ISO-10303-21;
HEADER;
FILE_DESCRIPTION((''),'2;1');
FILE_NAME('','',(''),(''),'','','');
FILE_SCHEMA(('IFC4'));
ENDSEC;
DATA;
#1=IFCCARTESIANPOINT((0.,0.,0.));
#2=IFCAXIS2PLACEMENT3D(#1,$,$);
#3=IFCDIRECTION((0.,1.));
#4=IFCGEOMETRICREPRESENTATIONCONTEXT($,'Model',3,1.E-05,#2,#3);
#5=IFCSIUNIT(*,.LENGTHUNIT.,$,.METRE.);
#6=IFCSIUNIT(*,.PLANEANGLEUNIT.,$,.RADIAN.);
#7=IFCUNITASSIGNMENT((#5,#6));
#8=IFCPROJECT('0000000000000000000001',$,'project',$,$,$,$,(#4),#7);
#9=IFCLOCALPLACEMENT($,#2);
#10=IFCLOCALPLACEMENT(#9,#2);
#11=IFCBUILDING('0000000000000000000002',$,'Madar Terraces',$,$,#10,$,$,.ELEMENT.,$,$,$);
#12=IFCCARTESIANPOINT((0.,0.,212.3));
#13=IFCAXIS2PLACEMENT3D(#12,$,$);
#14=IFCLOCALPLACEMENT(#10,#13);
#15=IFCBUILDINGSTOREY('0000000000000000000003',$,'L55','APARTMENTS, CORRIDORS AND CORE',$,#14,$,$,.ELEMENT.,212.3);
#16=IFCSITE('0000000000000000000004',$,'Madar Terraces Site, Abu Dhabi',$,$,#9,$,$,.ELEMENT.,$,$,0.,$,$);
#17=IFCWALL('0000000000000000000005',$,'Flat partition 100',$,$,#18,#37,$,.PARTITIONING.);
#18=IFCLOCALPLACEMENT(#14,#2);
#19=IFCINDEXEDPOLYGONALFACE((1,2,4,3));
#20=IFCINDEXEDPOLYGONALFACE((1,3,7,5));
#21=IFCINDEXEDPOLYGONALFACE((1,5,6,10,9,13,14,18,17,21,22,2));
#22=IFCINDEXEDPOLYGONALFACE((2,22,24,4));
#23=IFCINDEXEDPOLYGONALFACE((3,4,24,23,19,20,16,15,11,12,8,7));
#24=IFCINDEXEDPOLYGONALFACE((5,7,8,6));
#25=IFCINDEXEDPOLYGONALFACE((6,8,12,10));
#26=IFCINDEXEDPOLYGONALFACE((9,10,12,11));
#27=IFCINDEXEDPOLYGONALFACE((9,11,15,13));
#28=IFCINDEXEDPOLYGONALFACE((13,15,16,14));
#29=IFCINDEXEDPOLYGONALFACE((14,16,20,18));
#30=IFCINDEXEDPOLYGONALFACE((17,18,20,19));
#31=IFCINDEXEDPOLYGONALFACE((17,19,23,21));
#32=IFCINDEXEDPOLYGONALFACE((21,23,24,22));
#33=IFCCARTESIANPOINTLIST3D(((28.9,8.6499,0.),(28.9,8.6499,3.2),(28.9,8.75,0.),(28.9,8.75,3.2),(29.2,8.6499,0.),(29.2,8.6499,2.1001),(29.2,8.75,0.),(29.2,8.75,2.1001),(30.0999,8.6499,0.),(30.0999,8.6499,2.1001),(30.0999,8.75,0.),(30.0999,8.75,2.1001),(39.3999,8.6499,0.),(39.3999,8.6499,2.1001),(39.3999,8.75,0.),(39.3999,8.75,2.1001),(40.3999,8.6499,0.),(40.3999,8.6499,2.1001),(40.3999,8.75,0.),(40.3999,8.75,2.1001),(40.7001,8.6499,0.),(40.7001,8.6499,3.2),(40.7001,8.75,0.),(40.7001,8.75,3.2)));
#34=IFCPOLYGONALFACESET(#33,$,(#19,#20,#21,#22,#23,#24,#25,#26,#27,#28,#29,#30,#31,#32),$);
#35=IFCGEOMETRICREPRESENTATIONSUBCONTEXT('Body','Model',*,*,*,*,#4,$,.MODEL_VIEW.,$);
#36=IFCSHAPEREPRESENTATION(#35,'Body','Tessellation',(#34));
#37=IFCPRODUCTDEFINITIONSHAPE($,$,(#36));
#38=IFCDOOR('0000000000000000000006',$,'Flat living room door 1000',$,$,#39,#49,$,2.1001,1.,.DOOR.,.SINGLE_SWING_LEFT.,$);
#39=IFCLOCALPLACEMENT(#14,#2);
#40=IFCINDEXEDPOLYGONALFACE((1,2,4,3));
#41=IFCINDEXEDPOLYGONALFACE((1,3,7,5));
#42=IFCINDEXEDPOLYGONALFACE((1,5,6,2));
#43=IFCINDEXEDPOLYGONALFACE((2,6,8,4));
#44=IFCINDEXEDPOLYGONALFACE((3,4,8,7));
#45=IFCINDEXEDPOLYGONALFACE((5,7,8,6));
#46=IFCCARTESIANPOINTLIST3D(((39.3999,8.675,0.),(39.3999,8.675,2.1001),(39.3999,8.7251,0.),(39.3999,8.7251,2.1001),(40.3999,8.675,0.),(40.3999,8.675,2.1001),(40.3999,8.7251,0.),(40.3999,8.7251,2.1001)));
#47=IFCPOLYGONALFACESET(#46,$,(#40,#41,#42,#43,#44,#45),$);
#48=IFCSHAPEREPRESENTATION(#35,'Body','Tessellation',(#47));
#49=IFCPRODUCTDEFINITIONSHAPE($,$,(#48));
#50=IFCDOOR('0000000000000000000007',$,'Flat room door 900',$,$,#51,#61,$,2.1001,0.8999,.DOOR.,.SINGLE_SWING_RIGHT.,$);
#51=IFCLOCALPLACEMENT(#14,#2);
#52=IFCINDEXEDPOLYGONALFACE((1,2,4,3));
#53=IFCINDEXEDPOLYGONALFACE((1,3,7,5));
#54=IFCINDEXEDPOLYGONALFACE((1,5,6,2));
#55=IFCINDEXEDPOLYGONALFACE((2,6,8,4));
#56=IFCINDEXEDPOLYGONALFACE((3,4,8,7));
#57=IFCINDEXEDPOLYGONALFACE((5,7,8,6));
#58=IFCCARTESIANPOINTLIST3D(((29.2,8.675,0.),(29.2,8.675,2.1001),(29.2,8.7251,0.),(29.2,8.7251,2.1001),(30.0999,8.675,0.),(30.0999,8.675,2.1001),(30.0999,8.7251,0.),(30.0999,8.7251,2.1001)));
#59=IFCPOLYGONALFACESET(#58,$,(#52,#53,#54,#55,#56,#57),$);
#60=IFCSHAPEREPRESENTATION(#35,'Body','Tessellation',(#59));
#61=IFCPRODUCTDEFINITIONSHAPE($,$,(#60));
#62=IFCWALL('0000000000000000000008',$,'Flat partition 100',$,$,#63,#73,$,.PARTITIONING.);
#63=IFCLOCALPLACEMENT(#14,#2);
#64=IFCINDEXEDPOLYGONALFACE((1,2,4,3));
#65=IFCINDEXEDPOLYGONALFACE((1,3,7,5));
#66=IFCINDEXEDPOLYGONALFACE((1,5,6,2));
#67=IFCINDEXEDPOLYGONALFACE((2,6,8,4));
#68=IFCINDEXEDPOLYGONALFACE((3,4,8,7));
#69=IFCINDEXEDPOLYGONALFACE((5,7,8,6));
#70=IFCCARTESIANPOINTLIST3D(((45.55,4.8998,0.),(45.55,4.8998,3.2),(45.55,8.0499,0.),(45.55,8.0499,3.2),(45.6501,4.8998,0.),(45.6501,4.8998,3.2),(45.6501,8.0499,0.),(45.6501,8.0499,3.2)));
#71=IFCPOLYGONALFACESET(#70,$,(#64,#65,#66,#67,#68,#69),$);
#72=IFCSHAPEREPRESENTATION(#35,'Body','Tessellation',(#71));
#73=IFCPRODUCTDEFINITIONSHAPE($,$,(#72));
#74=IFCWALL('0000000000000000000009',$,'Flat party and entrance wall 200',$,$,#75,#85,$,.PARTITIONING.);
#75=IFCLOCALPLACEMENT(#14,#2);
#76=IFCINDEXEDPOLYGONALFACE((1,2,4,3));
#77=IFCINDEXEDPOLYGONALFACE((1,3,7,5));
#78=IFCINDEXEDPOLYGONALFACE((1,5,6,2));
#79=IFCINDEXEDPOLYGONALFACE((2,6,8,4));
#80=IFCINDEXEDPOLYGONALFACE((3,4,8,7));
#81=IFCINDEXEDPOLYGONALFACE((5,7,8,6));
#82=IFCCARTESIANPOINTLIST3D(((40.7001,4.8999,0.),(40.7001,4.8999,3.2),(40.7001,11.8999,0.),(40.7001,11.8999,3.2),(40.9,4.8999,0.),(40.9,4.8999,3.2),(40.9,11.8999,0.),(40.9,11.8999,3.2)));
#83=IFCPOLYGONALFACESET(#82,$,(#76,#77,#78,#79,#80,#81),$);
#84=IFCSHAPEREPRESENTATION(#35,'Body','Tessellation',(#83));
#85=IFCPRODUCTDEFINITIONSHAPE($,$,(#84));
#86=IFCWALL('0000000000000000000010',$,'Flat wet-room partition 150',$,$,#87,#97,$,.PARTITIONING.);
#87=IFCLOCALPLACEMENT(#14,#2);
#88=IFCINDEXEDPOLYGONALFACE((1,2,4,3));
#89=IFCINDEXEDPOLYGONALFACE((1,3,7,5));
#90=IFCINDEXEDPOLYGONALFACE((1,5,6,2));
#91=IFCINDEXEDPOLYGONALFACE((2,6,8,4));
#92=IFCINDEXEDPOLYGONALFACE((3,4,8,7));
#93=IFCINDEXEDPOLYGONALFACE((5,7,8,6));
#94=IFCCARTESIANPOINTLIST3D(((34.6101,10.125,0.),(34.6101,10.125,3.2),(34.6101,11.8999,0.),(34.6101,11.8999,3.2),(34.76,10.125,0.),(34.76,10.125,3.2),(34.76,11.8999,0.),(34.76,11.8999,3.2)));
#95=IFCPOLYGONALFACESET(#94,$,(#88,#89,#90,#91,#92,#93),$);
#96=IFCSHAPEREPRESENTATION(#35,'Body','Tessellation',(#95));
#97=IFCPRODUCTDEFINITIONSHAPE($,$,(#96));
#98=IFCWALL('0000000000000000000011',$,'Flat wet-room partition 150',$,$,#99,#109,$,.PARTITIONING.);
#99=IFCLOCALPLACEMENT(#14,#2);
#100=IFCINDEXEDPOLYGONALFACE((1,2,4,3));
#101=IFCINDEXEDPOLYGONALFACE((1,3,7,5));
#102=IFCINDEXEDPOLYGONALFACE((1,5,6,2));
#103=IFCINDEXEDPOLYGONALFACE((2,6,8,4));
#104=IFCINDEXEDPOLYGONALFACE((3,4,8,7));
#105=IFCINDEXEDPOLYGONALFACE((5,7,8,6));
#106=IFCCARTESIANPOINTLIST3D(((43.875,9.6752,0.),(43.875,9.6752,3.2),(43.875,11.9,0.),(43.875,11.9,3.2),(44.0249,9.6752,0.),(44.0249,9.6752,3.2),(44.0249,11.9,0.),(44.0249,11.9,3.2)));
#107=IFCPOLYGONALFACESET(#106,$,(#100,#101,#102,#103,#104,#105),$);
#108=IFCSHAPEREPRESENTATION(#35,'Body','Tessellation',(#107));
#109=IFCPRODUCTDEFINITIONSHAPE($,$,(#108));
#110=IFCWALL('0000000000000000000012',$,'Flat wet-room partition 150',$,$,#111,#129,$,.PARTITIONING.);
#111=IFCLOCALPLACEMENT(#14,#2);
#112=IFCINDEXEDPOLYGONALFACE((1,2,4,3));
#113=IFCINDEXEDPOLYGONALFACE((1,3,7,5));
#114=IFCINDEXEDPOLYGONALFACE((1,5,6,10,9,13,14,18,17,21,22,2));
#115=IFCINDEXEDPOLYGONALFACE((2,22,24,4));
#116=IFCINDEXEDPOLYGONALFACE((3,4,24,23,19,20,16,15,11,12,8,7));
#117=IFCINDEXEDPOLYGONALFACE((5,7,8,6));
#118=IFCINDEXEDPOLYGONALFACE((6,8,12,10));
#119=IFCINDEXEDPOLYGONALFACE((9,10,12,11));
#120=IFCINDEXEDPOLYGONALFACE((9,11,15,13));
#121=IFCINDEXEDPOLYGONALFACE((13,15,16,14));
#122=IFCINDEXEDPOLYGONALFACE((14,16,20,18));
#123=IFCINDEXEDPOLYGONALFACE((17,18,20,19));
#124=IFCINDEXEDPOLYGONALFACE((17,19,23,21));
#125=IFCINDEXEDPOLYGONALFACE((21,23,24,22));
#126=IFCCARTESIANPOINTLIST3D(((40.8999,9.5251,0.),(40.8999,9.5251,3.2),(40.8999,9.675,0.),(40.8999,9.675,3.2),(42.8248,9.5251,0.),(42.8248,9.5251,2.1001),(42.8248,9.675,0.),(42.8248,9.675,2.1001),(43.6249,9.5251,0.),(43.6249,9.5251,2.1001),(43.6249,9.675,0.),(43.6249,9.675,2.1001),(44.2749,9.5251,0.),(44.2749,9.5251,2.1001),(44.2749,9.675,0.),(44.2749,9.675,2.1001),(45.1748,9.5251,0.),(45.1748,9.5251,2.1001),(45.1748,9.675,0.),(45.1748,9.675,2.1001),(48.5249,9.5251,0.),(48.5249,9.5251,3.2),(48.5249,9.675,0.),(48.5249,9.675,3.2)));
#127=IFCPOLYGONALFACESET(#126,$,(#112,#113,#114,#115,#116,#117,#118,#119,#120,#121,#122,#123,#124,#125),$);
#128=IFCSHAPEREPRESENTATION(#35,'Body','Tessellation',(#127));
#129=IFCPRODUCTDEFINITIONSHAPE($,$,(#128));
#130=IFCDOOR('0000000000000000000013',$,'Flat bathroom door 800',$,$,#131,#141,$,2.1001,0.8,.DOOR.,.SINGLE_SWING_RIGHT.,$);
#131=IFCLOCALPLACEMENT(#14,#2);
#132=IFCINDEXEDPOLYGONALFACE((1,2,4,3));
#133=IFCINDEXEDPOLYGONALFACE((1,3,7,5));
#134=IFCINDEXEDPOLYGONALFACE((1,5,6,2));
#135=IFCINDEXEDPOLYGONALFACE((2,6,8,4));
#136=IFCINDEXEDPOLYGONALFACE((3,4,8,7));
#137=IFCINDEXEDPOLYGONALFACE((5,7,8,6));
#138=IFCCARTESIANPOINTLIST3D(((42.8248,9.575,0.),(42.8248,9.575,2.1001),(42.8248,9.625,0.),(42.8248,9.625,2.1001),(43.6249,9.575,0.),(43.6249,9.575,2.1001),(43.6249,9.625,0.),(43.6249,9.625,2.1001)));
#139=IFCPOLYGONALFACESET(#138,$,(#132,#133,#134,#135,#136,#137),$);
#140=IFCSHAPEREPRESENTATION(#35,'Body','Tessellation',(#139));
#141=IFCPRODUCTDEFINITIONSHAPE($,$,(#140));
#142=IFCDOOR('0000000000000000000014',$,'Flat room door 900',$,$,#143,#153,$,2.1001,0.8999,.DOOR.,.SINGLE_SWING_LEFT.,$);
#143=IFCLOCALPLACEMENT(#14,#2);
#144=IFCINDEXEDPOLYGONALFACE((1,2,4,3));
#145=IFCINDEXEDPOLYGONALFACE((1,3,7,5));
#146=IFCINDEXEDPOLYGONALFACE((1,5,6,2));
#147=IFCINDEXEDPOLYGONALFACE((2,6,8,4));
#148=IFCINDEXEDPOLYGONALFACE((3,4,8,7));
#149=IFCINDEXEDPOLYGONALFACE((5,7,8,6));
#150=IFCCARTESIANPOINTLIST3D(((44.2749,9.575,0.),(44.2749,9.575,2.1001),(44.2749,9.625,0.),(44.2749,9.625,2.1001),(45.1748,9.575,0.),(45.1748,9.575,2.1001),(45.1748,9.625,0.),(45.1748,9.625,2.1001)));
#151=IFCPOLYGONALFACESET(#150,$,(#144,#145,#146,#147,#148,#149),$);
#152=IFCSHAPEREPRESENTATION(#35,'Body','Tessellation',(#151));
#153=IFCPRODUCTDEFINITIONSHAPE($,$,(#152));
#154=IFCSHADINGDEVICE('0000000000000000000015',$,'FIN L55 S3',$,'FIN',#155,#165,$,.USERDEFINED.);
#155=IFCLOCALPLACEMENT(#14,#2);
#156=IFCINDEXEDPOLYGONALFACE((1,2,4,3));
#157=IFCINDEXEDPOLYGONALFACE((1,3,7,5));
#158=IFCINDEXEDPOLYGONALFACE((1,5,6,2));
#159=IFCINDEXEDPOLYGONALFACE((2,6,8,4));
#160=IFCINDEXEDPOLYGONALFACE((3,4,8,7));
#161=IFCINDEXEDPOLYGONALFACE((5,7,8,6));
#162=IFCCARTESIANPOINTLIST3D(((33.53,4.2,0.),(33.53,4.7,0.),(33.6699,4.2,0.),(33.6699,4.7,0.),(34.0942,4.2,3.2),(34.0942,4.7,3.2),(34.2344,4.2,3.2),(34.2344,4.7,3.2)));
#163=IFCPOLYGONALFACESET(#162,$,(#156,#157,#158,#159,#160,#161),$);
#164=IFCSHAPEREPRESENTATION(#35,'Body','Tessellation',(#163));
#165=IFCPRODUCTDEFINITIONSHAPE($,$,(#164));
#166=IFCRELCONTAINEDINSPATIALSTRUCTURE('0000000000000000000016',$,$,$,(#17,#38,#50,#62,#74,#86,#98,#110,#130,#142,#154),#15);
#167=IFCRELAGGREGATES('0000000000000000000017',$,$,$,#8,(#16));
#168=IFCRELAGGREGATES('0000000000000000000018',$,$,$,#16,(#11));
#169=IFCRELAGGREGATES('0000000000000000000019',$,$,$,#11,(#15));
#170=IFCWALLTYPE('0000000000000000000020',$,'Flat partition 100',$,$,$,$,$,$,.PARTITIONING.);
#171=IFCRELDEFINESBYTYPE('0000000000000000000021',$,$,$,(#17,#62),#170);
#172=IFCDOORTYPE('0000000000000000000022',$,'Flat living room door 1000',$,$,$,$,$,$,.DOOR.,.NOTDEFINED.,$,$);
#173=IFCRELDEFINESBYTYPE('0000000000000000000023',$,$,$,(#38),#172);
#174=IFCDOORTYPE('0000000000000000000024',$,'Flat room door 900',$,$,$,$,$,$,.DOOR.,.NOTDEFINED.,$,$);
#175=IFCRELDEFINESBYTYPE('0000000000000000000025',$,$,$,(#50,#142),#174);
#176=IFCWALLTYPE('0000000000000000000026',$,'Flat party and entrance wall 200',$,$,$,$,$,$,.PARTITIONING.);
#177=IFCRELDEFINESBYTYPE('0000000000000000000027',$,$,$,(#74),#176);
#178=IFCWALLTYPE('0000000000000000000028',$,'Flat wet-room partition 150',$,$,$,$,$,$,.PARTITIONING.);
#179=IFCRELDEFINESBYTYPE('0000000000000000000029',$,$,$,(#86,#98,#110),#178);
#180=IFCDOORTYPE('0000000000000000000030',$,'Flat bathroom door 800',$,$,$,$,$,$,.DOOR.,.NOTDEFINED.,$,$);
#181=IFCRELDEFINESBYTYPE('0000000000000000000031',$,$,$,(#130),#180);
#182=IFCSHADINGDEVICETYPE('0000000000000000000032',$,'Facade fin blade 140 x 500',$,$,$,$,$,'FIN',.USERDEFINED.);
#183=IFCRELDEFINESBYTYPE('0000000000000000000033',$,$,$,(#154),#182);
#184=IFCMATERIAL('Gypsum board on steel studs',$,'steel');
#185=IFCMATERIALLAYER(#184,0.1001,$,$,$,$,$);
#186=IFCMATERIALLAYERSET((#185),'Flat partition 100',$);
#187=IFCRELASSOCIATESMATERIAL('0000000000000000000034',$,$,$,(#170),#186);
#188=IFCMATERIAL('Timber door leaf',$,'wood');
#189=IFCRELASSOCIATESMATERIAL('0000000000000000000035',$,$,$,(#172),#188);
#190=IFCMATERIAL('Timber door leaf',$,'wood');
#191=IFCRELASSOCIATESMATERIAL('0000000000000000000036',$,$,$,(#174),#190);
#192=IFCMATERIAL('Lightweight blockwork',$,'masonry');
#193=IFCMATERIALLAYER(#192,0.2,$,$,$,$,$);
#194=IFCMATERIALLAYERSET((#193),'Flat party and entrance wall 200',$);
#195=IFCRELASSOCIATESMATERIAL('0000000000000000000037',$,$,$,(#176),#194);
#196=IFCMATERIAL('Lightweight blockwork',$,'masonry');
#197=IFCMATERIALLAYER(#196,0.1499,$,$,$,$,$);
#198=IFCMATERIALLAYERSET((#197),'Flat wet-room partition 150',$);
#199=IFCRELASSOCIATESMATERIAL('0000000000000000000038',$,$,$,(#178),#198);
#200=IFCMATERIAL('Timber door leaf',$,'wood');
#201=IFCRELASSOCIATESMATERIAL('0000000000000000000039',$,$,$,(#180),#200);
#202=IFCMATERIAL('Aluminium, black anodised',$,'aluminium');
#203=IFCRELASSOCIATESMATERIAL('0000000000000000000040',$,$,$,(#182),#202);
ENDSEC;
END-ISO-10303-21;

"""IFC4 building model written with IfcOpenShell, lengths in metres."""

from ifc_helpers import new_model, si_unit, direction, frame, frame_2d, origin, place, context, subcontext, project, spatial, polyline, rectangle, outline, extrude, material, layer, layer_set, type_object, element, fill, save


model = new_model("IFC4")

# Units and contexts
model_context = context("Model", 3, precision=1e-05, world=origin(), true_north=direction((0.0, 1.0)))
body_context = subcontext(model_context, "Body", "Model", "MODEL_VIEW")
ifc_project = project(units=[si_unit("LENGTHUNIT", "METRE"), si_unit("PLANEANGLEUNIT", "RADIAN")], contexts=[model_context])

# Site, building, storey
site_placement = place(None, origin())
site = spatial("IfcSite", under=ifc_project, at=site_placement, Name="Madar Terraces Site, Abu Dhabi", CompositionType="ELEMENT", RefElevation=0.0)
building_placement = place(site_placement, origin())
building = spatial("IfcBuilding", under=site, at=building_placement, Name="Madar Terraces", CompositionType="ELEMENT")
storey_placement = place(building_placement, frame((0.0, 0.0, 212.3)))
storey = spatial("IfcBuildingStorey", under=building, at=storey_placement, Name="L55", Description="APARTMENTS, CORRIDORS AND CORE", CompositionType="ELEMENT", Elevation=212.3)

# Shared definitions
ifc_material_1 = material(Name="Gypsum board on steel studs", Category="steel")
ifc_layer_1 = layer(ifc_material_1, 0.1001)
ifc_layer_set_1 = layer_set([ifc_layer_1], Name="Flat partition 100")
wall_type_1 = type_object("IfcWallType", Name="Flat partition 100", PredefinedType="PARTITIONING", material=ifc_layer_set_1)

# Wall, openings, doors
wall_1_placement = place(storey_placement, frame((40.7, 8.7, 0.0), z_axis=(0.0, 0.0, 1.0), x_axis=(-1.0, 0.0, 0.0)))
wall_1 = element("IfcWall", 1, at=wall_1_placement, inside=storey, type_object=wall_type_1, Name="Flat partition 100", PredefinedType="PARTITIONING", context=body_context, shape_type="SweptSolid", body=[
    extrude(rectangle(XDim=11.8, YDim=0.1001, at=frame_2d((5.8999, 0.0))), origin(), (0.0, 0.0, 1.0), 3.2),
])
opening_1_placement = place(wall_1_placement, frame((10.6001, 0.0, 0.0)))
opening_1 = element("IfcOpeningElement", 2, at=opening_1_placement, cuts=wall_1, PredefinedType="OPENING", context=body_context, shape_type="SweptSolid", body=[
    extrude(rectangle(XDim=0.8999, YDim=2.1001, at=frame_2d((0.45, 1.05))), frame((0.0, 0.0601, 0.0), z_axis=(0.0, -1.0, 0.0), x_axis=(1.0, 0.0, 0.0)), (0.0, 0.0, 1.0), 0.1201),
])
opening_2_placement = place(wall_1_placement, frame((0.3, 0.0, 0.0)))
opening_2 = element("IfcOpeningElement", 3, at=opening_2_placement, cuts=wall_1, PredefinedType="OPENING", context=body_context, shape_type="SweptSolid", body=[
    extrude(rectangle(XDim=1.0, YDim=2.1001, at=frame_2d((0.5, 1.05))), frame((0.0, 0.0601, 0.0), z_axis=(0.0, -1.0, 0.0), x_axis=(1.0, 0.0, 0.0)), (0.0, 0.0, 1.0), 0.1201),
])
ifc_material_2 = material(Name="Timber door leaf", Category="wood")
door_type_1 = type_object("IfcDoorType", Name="Flat living room door 1000", OperationType="NOTDEFINED", PredefinedType="DOOR", material=ifc_material_2)
door_1_placement = place(opening_2_placement, origin())
door_1 = element("IfcDoor", 4, at=door_1_placement, inside=storey, type_object=door_type_1, Name="Flat living room door 1000", OperationType="SINGLE_SWING_LEFT", OverallHeight=2.1001, OverallWidth=1.0, PredefinedType="DOOR", context=body_context, shape_type="SweptSolid", body=[
    extrude(rectangle(XDim=1.0, YDim=2.1001, at=frame_2d((0.5, 1.05))), frame((0.0, 0.0249, 0.0), z_axis=(0.0, -1.0, 0.0), x_axis=(1.0, 0.0, 0.0)), (0.0, 0.0, 1.0), 0.05),
])
fill(opening_2, door_1)
ifc_material_3 = material(Name="Timber door leaf", Category="wood")
door_type_2 = type_object("IfcDoorType", Name="Flat room door 900", OperationType="NOTDEFINED", PredefinedType="DOOR", material=ifc_material_3)
door_2_placement = place(opening_1_placement, origin())
door_2 = element("IfcDoor", 5, at=door_2_placement, inside=storey, type_object=door_type_2, Name="Flat room door 900", OperationType="SINGLE_SWING_RIGHT", OverallHeight=2.1001, OverallWidth=0.8999, PredefinedType="DOOR", context=body_context, shape_type="SweptSolid", body=[
    extrude(rectangle(XDim=0.8999, YDim=2.1001, at=frame_2d((0.45, 1.05))), frame((0.0, 0.0249, 0.0), z_axis=(0.0, -1.0, 0.0), x_axis=(1.0, 0.0, 0.0)), (0.0, 0.0, 1.0), 0.05),
])
fill(opening_1, door_2)

# Walls
wall_2_placement = place(storey_placement, frame((45.6001, 8.05, 0.0), z_axis=(0.0, 0.0, 1.0), x_axis=(0.0, -1.0, 0.0)))
element("IfcWall", 6, at=wall_2_placement, inside=storey, type_object=wall_type_1, Name="Flat partition 100", PredefinedType="PARTITIONING", context=body_context, shape_type="SweptSolid", body=[
    extrude(rectangle(XDim=3.1501, YDim=0.1001, at=frame_2d((1.5752, 0.0))), origin(), (0.0, 0.0, 1.0), 3.2),
])
ifc_material_4 = material(Name="Lightweight blockwork", Category="masonry")
ifc_layer_2 = layer(ifc_material_4, 0.2)
ifc_layer_set_2 = layer_set([ifc_layer_2], Name="Flat party and entrance wall 200")
wall_type_2 = type_object("IfcWallType", Name="Flat party and entrance wall 200", PredefinedType="PARTITIONING", material=ifc_layer_set_2)
wall_3_placement = place(storey_placement, frame((40.8, 11.8999, 0.0), z_axis=(0.0, 0.0, 1.0), x_axis=(0.0, -1.0, 0.0)))
element("IfcWall", 7, at=wall_3_placement, inside=storey, type_object=wall_type_2, Name="Flat party and entrance wall 200", PredefinedType="PARTITIONING", context=body_context, shape_type="SweptSolid", body=[
    extrude(rectangle(XDim=7.0, YDim=0.2, at=frame_2d((3.5, 0.0))), origin(), (0.0, 0.0, 1.0), 3.2),
])
ifc_material_5 = material(Name="Lightweight blockwork", Category="masonry")
ifc_layer_3 = layer(ifc_material_5, 0.1499)
ifc_layer_set_3 = layer_set([ifc_layer_3], Name="Flat wet-room partition 150")
wall_type_3 = type_object("IfcWallType", Name="Flat wet-room partition 150", PredefinedType="PARTITIONING", material=ifc_layer_set_3)
wall_4_placement = place(storey_placement, frame((34.6851, 11.8999, 0.0), z_axis=(0.0, 0.0, 1.0), x_axis=(0.0, -1.0, 0.0)))
element("IfcWall", 8, at=wall_4_placement, inside=storey, type_object=wall_type_3, Name="Flat wet-room partition 150", PredefinedType="PARTITIONING", context=body_context, shape_type="SweptSolid", body=[
    extrude(rectangle(XDim=1.7749, YDim=0.1499, at=frame_2d((0.8875, 0.0))), origin(), (0.0, 0.0, 1.0), 3.2),
])
wall_5_placement = place(storey_placement, frame((43.95, 11.8999, 0.0), z_axis=(0.0, 0.0, 1.0), x_axis=(0.0, -1.0, 0.0)))
element("IfcWall", 9, at=wall_5_placement, inside=storey, type_object=wall_type_3, Name="Flat wet-room partition 150", PredefinedType="PARTITIONING", context=body_context, shape_type="SweptSolid", body=[
    extrude(rectangle(XDim=2.2249, YDim=0.1499, at=frame_2d((1.1123, 0.0))), origin(), (0.0, 0.0, 1.0), 3.2),
])

# Wall, openings, doors
wall_6_placement = place(storey_placement, frame((40.8999, 9.6001, 0.0), z_axis=(0.0, 0.0, 1.0), x_axis=(1.0, 0.0, 0.0)))
wall_6 = element("IfcWall", 10, at=wall_6_placement, inside=storey, type_object=wall_type_3, Name="Flat wet-room partition 150", PredefinedType="PARTITIONING", context=body_context, shape_type="SweptSolid", body=[
    extrude(rectangle(XDim=7.625, YDim=0.1499, at=frame_2d((3.8125, 0.0))), origin(), (0.0, 0.0, 1.0), 3.2),
])
opening_3_placement = place(wall_6_placement, frame((3.375, 0.0, 0.0)))
opening_3 = element("IfcOpeningElement", 11, at=opening_3_placement, cuts=wall_6, PredefinedType="OPENING", context=body_context, shape_type="SweptSolid", body=[
    extrude(rectangle(XDim=0.8999, YDim=2.1001, at=frame_2d((0.45, 1.05))), frame((0.0, 0.085, 0.0), z_axis=(0.0, -1.0, 0.0), x_axis=(1.0, 0.0, 0.0)), (0.0, 0.0, 1.0), 0.1699),
])
opening_4_placement = place(wall_6_placement, frame((1.925, 0.0, 0.0)))
opening_4 = element("IfcOpeningElement", 12, at=opening_4_placement, cuts=wall_6, PredefinedType="OPENING", context=body_context, shape_type="SweptSolid", body=[
    extrude(rectangle(XDim=0.8, YDim=2.1001, at=frame_2d((0.3999, 1.05))), frame((0.0, 0.085, 0.0), z_axis=(0.0, -1.0, 0.0), x_axis=(1.0, 0.0, 0.0)), (0.0, 0.0, 1.0), 0.1699),
])
ifc_material_6 = material(Name="Timber door leaf", Category="wood")
door_type_3 = type_object("IfcDoorType", Name="Flat bathroom door 800", OperationType="NOTDEFINED", PredefinedType="DOOR", material=ifc_material_6)
door_3_placement = place(opening_4_placement, origin())
door_3 = element("IfcDoor", 13, at=door_3_placement, inside=storey, type_object=door_type_3, Name="Flat bathroom door 800", OperationType="SINGLE_SWING_RIGHT", OverallHeight=2.1001, OverallWidth=0.8, PredefinedType="DOOR", context=body_context, shape_type="SweptSolid", body=[
    extrude(rectangle(XDim=0.8, YDim=2.1001, at=frame_2d((0.3999, 1.05))), frame((0.0, 0.0249, 0.0), z_axis=(0.0, -1.0, 0.0), x_axis=(1.0, 0.0, 0.0)), (0.0, 0.0, 1.0), 0.05),
])
fill(opening_4, door_3)
door_4_placement = place(opening_3_placement, origin())
door_4 = element("IfcDoor", 14, at=door_4_placement, inside=storey, type_object=door_type_2, Name="Flat room door 900", OperationType="SINGLE_SWING_LEFT", OverallHeight=2.1001, OverallWidth=0.8999, PredefinedType="DOOR", context=body_context, shape_type="SweptSolid", body=[
    extrude(rectangle(XDim=0.8999, YDim=2.1001, at=frame_2d((0.45, 1.05))), frame((0.0, 0.0249, 0.0), z_axis=(0.0, -1.0, 0.0), x_axis=(1.0, 0.0, 0.0)), (0.0, 0.0, 1.0), 0.05),
])
fill(opening_3, door_4)

# Shading device
ifc_material_7 = material(Name="Aluminium, black anodised", Category="aluminium")
shading_device_type = type_object("IfcShadingDeviceType", Name="Facade fin blade 140 x 500", ElementType="FIN", PredefinedType="USERDEFINED", material=ifc_material_7)
shading_device_1_placement = place(storey_placement, frame((33.53, 4.45, 0.0), z_axis=(0.0, 0.0, 1.0), x_axis=(1.0, 0.0, 0.0)))
element("IfcShadingDevice", 15, at=shading_device_1_placement, inside=storey, type_object=shading_device_type, Name="FIN L55 S3", ObjectType="FIN", PredefinedType="USERDEFINED", context=body_context, shape_type="SweptSolid", body=[
    extrude(outline(polyline([(0.0, 0.0), (0.1399, 0.0), (0.7043, 3.2), (0.5642, 3.2), (0.0, 0.0)])), frame((0.0, 0.25, 0.0), z_axis=(0.0, -1.0, 0.0), x_axis=(1.0, 0.0, 0.0)), (0.0, 0.0, 1.0), 0.5),
])

save(model, "model.ifc")
